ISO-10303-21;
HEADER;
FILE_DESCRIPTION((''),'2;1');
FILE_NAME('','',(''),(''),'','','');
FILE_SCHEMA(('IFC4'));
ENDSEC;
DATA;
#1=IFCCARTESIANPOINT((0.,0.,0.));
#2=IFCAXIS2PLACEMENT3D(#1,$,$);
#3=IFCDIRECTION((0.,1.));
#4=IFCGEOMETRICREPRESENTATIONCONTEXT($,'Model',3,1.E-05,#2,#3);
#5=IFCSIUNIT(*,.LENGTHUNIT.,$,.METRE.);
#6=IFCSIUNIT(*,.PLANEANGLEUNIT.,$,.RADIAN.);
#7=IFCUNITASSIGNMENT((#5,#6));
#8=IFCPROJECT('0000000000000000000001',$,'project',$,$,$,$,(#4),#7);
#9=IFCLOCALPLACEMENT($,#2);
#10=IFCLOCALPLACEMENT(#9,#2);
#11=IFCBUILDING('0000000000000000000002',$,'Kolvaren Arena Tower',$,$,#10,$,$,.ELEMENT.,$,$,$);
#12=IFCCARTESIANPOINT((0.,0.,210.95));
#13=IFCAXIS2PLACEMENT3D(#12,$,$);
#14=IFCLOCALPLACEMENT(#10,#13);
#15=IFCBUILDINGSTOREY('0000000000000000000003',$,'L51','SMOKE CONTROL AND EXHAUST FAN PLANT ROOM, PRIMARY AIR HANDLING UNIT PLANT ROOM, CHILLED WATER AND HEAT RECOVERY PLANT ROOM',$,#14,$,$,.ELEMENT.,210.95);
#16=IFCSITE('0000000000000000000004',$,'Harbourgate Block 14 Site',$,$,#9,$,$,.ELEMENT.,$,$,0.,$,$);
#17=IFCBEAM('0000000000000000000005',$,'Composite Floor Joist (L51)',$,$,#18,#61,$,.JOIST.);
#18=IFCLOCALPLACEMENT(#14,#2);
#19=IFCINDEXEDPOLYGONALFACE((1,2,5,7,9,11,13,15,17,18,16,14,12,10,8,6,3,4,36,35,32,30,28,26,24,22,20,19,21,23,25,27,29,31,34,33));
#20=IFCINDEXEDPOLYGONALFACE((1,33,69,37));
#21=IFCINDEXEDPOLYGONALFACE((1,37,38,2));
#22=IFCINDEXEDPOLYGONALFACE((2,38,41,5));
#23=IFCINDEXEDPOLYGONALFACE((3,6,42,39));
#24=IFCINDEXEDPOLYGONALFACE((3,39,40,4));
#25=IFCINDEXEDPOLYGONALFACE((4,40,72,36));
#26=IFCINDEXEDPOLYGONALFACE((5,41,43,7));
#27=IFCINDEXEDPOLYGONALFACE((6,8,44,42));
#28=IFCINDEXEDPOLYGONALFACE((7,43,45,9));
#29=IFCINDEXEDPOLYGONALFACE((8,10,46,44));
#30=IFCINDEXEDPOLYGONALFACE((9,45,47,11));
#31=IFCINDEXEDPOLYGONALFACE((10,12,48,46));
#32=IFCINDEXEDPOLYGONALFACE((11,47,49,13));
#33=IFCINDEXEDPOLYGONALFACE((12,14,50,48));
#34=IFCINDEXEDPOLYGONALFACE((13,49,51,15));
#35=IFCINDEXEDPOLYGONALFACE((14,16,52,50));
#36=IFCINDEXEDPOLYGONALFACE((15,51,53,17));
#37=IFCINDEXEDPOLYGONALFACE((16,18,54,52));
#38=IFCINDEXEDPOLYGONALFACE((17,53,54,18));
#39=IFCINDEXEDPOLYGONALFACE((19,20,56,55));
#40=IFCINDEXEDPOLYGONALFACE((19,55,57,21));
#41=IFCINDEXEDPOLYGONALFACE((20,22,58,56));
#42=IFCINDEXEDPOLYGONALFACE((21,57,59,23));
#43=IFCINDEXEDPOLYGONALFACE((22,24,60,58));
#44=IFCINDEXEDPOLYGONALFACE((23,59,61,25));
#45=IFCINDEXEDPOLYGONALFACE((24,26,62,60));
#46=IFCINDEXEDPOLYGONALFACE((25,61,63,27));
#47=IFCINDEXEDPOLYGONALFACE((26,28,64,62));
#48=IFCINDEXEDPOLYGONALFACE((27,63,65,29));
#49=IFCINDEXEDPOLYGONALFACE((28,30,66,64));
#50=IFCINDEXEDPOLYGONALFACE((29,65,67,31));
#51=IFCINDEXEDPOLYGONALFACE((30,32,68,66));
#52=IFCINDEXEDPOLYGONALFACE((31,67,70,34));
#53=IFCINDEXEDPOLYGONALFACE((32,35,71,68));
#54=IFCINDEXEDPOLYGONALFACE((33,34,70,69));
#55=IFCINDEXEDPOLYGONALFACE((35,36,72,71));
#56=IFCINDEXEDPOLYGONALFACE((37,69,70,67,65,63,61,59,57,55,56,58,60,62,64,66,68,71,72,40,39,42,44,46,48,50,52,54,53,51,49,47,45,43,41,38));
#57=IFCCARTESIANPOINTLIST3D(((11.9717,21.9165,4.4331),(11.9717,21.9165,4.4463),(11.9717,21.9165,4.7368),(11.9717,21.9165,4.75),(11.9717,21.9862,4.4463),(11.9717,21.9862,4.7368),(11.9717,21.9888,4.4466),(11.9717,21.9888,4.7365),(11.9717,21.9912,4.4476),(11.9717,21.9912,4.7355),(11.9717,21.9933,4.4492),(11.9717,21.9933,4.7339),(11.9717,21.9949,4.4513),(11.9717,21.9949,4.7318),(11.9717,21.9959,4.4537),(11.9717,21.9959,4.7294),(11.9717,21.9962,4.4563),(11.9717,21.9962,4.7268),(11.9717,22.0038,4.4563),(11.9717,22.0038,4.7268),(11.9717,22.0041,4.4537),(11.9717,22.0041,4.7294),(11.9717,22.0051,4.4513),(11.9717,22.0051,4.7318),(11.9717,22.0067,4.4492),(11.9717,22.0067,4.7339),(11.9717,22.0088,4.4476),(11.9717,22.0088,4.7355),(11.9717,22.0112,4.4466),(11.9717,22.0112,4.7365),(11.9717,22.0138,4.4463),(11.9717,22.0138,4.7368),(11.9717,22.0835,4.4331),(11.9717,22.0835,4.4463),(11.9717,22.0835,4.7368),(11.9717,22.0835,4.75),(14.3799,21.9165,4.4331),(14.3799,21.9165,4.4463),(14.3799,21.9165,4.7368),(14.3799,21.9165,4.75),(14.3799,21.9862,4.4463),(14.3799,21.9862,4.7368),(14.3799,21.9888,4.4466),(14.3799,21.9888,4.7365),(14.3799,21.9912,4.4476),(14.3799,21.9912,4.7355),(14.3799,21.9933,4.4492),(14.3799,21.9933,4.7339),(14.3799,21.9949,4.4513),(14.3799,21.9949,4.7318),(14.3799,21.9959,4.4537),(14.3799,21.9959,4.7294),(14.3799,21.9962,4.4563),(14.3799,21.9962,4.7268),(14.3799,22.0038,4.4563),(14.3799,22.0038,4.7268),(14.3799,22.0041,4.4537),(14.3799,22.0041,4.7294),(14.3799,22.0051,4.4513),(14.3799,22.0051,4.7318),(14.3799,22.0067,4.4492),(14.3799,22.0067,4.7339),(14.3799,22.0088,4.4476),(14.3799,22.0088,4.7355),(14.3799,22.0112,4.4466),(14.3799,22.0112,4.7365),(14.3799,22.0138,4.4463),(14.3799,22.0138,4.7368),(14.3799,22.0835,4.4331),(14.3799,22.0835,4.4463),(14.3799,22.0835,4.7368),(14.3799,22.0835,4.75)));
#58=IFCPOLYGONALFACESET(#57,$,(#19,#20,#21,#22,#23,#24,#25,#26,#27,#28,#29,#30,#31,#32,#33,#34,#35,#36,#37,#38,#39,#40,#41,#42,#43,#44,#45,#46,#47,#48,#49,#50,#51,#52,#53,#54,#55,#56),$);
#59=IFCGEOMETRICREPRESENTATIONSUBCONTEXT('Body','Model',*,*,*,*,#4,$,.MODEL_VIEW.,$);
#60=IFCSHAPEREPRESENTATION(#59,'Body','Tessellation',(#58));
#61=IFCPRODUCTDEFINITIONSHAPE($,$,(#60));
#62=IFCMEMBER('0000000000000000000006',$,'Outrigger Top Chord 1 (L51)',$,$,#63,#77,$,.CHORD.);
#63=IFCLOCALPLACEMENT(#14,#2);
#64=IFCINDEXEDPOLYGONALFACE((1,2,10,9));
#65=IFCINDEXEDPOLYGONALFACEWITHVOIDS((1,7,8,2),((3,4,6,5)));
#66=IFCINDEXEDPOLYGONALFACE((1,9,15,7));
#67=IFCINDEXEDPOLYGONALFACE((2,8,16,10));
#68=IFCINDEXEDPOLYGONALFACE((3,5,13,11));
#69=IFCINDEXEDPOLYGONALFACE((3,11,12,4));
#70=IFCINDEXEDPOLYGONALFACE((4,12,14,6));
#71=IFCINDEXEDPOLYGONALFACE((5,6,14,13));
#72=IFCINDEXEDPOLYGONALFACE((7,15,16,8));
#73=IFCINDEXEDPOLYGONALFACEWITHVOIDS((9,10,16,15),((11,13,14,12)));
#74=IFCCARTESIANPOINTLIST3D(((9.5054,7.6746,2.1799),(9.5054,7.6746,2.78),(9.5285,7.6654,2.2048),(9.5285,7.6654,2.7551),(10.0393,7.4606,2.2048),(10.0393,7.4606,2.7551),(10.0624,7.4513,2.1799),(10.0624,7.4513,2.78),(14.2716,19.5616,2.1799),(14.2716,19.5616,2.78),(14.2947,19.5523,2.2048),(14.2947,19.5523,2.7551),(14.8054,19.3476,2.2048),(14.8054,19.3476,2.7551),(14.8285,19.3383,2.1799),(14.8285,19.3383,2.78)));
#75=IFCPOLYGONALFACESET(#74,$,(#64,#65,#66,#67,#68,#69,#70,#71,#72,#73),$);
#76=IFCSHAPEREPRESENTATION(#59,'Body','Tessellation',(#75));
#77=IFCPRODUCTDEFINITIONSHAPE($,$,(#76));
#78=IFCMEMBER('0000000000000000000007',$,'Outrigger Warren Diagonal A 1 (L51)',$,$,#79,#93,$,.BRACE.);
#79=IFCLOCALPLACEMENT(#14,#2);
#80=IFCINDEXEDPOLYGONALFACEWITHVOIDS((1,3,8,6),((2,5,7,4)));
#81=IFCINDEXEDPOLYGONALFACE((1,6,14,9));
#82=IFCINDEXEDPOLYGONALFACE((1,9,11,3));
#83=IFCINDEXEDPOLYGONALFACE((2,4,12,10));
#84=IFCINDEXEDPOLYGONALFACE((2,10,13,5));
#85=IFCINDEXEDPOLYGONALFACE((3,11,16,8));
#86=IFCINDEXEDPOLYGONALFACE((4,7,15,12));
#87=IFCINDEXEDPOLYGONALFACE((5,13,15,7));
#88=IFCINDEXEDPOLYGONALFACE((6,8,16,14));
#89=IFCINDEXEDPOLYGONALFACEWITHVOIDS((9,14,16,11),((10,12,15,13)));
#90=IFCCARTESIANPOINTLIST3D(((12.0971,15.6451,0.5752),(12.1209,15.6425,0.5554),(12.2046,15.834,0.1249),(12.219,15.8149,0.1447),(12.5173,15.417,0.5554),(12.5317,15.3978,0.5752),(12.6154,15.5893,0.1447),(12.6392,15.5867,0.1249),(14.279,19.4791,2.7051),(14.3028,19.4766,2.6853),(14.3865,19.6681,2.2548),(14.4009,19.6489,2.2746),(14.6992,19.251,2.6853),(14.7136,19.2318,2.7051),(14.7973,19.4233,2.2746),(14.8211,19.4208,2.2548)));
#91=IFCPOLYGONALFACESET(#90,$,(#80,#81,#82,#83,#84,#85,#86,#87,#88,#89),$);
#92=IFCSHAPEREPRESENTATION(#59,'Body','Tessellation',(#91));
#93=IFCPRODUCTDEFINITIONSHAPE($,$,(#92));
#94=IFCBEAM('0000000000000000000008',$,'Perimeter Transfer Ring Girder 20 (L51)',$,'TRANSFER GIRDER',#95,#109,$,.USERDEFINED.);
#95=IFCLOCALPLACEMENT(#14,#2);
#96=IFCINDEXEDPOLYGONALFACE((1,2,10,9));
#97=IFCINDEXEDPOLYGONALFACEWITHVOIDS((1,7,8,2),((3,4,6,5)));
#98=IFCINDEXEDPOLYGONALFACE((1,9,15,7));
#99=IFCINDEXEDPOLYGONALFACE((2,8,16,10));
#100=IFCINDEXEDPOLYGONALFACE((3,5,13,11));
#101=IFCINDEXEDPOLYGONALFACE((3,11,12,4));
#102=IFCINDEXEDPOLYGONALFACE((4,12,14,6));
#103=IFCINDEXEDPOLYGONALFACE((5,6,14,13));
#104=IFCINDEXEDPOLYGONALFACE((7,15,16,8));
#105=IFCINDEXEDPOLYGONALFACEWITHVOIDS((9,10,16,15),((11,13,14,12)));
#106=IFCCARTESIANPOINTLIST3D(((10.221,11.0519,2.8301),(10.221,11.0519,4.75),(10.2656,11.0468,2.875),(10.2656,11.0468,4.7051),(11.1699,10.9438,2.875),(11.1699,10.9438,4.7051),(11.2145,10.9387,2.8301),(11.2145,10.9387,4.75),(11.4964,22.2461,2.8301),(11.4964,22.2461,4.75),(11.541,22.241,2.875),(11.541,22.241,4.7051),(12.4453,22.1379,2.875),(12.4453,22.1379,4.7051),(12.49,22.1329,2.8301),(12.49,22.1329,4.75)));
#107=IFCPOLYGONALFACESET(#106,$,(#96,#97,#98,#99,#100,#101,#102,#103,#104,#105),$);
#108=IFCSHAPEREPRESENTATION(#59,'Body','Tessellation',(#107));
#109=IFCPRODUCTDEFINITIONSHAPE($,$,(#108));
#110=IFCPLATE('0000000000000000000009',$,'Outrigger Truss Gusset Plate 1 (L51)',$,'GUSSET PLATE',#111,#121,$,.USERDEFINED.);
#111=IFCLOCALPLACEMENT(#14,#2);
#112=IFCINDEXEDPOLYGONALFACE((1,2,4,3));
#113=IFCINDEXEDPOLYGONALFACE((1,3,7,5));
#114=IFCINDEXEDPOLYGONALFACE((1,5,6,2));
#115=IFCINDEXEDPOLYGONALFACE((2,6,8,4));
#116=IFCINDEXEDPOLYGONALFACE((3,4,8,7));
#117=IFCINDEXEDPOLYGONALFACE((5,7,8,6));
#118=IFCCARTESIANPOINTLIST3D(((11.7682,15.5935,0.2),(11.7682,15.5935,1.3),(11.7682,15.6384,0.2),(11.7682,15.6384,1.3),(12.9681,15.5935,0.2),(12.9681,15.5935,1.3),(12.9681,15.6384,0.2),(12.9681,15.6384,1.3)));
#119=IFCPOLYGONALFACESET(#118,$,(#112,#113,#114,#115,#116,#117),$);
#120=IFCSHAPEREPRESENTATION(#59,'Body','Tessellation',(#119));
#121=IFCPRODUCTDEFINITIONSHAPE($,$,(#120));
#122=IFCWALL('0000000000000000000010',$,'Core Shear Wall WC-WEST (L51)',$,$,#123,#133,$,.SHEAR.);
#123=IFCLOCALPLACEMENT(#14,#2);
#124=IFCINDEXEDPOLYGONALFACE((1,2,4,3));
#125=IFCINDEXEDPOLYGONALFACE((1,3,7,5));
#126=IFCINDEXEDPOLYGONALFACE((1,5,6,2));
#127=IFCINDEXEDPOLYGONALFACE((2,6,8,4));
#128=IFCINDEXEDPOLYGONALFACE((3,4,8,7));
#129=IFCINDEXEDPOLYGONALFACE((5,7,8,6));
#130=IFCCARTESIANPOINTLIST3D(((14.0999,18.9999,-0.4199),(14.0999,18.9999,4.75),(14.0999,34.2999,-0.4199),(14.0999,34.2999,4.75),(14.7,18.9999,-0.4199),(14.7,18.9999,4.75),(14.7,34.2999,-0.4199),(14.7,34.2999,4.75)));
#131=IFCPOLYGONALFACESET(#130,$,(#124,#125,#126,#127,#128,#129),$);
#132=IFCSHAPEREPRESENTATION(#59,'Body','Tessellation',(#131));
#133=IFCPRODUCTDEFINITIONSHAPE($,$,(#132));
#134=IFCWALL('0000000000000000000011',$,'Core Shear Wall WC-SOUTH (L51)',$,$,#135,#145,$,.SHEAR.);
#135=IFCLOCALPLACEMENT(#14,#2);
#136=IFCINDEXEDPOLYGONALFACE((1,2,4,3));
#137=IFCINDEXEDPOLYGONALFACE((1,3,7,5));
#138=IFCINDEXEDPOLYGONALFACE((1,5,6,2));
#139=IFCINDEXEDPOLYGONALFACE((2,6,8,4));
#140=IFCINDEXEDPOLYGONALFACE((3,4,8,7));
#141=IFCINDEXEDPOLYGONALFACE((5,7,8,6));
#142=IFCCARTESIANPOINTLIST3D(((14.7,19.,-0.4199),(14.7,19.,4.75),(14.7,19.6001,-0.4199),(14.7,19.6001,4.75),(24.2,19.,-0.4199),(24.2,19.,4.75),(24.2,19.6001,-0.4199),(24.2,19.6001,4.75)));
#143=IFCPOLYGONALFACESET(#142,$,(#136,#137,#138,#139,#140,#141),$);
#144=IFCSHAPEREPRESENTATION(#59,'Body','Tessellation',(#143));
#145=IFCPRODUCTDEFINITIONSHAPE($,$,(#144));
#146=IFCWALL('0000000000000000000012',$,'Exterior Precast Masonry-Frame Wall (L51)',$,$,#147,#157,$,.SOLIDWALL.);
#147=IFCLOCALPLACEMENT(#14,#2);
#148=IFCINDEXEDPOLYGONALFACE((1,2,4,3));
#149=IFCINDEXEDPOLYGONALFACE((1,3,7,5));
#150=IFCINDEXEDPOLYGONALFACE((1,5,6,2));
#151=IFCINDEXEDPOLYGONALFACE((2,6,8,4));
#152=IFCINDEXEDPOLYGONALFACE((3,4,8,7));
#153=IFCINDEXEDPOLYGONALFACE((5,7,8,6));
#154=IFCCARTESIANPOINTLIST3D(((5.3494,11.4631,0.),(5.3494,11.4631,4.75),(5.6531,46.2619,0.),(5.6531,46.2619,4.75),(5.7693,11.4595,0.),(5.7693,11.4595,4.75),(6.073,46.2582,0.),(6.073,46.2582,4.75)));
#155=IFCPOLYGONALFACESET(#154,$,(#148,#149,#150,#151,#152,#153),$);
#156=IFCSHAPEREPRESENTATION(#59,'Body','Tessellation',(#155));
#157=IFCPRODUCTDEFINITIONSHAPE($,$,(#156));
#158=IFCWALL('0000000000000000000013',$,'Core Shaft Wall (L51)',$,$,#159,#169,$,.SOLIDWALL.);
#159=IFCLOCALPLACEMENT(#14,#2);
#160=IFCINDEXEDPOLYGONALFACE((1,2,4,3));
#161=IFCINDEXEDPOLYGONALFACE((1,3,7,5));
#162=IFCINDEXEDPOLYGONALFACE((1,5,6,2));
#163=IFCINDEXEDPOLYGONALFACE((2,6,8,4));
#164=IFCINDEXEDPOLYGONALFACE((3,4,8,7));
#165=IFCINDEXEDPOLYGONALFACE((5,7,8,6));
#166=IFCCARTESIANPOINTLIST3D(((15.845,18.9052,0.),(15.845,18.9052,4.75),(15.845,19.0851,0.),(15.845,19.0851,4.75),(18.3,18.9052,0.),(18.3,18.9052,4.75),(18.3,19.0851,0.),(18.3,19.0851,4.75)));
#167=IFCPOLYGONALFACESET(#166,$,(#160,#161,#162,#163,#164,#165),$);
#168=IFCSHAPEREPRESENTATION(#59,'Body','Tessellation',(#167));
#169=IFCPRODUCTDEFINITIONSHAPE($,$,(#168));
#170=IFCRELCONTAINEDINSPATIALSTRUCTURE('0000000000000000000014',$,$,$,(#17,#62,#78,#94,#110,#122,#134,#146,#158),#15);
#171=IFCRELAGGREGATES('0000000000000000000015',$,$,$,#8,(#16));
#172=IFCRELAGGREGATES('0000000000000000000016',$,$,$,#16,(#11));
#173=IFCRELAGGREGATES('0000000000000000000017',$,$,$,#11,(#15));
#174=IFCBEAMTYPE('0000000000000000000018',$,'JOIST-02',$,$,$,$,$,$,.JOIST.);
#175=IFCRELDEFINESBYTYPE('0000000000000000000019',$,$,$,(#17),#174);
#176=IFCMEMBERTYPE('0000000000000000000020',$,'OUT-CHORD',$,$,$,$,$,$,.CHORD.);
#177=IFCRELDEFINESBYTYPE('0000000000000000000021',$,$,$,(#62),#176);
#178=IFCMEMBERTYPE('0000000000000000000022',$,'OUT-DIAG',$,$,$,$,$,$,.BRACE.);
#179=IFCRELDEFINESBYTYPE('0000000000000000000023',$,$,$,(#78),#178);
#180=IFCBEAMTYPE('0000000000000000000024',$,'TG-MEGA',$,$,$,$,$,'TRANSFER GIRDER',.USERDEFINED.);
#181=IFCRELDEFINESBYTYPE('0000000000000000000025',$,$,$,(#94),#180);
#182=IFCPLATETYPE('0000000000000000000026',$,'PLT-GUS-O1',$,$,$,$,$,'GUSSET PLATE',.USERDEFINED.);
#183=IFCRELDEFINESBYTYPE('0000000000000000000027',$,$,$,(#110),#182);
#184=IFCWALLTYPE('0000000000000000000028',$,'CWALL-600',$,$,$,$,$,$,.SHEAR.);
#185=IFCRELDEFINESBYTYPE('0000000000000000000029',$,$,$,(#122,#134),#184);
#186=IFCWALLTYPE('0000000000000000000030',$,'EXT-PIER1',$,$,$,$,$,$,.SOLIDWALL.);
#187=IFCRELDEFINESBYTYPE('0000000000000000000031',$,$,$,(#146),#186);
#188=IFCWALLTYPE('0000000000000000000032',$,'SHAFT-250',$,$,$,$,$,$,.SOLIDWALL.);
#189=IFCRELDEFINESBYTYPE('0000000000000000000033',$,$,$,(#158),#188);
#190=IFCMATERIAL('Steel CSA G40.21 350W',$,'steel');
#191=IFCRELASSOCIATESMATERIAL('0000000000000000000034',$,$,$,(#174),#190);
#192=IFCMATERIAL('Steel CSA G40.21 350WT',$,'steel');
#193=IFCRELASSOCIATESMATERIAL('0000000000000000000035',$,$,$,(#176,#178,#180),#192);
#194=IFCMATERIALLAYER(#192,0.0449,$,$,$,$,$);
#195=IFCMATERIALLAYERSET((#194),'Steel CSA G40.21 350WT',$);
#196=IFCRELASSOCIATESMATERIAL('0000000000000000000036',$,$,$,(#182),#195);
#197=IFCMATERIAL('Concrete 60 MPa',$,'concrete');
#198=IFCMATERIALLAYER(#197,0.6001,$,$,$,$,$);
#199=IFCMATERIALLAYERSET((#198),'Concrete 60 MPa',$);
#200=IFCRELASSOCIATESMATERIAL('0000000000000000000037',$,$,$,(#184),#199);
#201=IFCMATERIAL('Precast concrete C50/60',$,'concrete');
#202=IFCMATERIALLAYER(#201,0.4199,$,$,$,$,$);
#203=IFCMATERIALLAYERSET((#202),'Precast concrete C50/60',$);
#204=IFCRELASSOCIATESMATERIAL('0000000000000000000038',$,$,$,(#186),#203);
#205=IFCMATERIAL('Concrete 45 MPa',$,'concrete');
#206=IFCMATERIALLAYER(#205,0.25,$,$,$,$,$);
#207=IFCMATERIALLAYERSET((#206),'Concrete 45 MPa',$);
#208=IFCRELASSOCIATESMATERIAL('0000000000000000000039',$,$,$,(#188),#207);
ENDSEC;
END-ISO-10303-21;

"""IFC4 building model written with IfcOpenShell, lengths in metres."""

from ifc_helpers import new_model, si_unit, direction, frame, frame_2d, origin, origin_2d, place, context, subcontext, project, spatial, rectangle, hollow_rectangle, i_section, extrude, material, layer, layer_set, material_profile, profile_set, type_object, element, save


model = new_model("IFC4")

# Units and contexts
model_context = context("Model", 3, precision=1e-05, world=origin(), true_north=direction((0.0, 1.0)))
body_context = subcontext(model_context, "Body", "Model", "MODEL_VIEW")
ifc_project = project(units=[si_unit("LENGTHUNIT", "METRE"), si_unit("PLANEANGLEUNIT", "RADIAN")], contexts=[model_context])

# Site, building, storey
site_placement = place(None, origin())
site = spatial("IfcSite", under=ifc_project, at=site_placement, Name="Harbourgate Block 14 Site", CompositionType="ELEMENT", RefElevation=0.0)
building_placement = place(site_placement, origin())
building = spatial("IfcBuilding", under=site, at=building_placement, Name="Kolvaren Arena Tower", CompositionType="ELEMENT")
storey_placement = place(building_placement, frame((0.0, 0.0, 210.95)))
storey = spatial("IfcBuildingStorey", under=building, at=storey_placement, Name="L51", Description="SMOKE CONTROL AND EXHAUST FAN PLANT ROOM, PRIMARY AIR HANDLING UNIT PLANT ROOM, CHILLED WATER AND HEAT RECOVERY PLANT ROOM", CompositionType="ELEMENT", Elevation=210.95)

# Shared definitions
ifc_material_1 = material(Name="Steel CSA G40.21 350W", Category="steel")

# Shared definitions
ifc_material_2 = material(Name="Steel CSA G40.21 350WT", Category="steel")

# Beam
ifc_material_profile_1 = material_profile(ifc_material_1, i_section(OverallWidth=0.167, OverallDepth=0.3169, WebThickness=0.0076, FlangeThickness=0.0132, FilletRadius=0.01, at=origin_2d()), Name="W310x52")
ifc_profile_set_1 = profile_set([ifc_material_profile_1], Name="Steel CSA G40.21 350W")
beam_type_1 = type_object("IfcBeamType", Name="JOIST-02", PredefinedType="JOIST", material=ifc_profile_set_1)
beam_1_placement = place(storey_placement, frame((11.9717, 22.0, 4.5916), z_axis=(1.0, 0.0, 0.0), x_axis=(0.0, 1.0, 0.0)))
element("IfcBeam", 1, at=beam_1_placement, inside=storey, type_object=beam_type_1, Name="Composite Floor Joist (L51)", PredefinedType="JOIST", context=body_context, shape_type="SweptSolid", body=[
    extrude(i_section(OverallWidth=0.167, OverallDepth=0.3169, WebThickness=0.0076, FlangeThickness=0.0132, FilletRadius=0.01, at=origin_2d()), origin(), (0.0, 0.0, 1.0), 2.4082),
])

# Members
ifc_material_profile_2 = material_profile(ifc_material_2, hollow_rectangle(XDim=0.6001, YDim=0.6001, WallThickness=0.0249, at=origin_2d()), Name="HSS 600x600x25")
ifc_profile_set_2 = profile_set([ifc_material_profile_2], Name="Steel CSA G40.21 350WT")
member_type_1 = type_object("IfcMemberType", Name="OUT-CHORD", PredefinedType="CHORD", material=ifc_profile_set_2)
member_1_placement = place(storey_placement, frame((14.55, 19.45, 2.48), z_axis=(-0.372153, -0.928171, 0.0), x_axis=(0.928171, -0.372153, 0.0)))
element("IfcMember", 2, at=member_1_placement, inside=storey, type_object=member_type_1, Name="Outrigger Top Chord 1 (L51)", PredefinedType="CHORD", context=body_context, shape_type="SweptSolid", body=[
    extrude(hollow_rectangle(XDim=0.6001, YDim=0.6001, WallThickness=0.0249, at=origin_2d()), origin(), (0.0, 0.0, 1.0), 12.8069),
])
ifc_material_profile_3 = material_profile(ifc_material_2, hollow_rectangle(XDim=0.5, YDim=0.5, WallThickness=0.022, at=origin_2d()), Name="HSS 500x500x22")
ifc_profile_set_3 = profile_set([ifc_material_profile_3], Name="Steel CSA G40.21 350WT")
member_type_2 = type_object("IfcMemberType", Name="OUT-DIAG", PredefinedType="BRACE", material=ifc_profile_set_3)
member_2_placement = place(storey_placement, frame((14.55, 19.45, 2.48), z_axis=(-0.445408, -0.782667, -0.434793), x_axis=(0.869117, -0.494606, 0.0)))
element("IfcMember", 3, at=member_2_placement, inside=storey, type_object=member_type_2, Name="Outrigger Warren Diagonal A 1 (L51)", PredefinedType="BRACE", context=body_context, shape_type="SweptSolid", body=[
    extrude(hollow_rectangle(XDim=0.5, YDim=0.5, WallThickness=0.022, at=origin_2d()), origin(), (0.0, 0.0, 1.0), 4.8987),
])

# Beam
ifc_material_profile_4 = material_profile(ifc_material_2, hollow_rectangle(XDim=1.0, YDim=1.9199, WallThickness=0.0449, at=origin_2d()), Name="BOX 1000x1920x45")
ifc_profile_set_4 = profile_set([ifc_material_profile_4], Name="Steel CSA G40.21 350WT")
beam_type_2 = type_object("IfcBeamType", Name="TG-MEGA", ElementType="TRANSFER GIRDER", PredefinedType="USERDEFINED", material=ifc_profile_set_4)
beam_2_placement = place(storey_placement, frame((11.9932, 22.1895, 3.79), z_axis=(-0.113202, -0.993572, 0.0), x_axis=(0.993572, -0.113202, 0.0)))
element("IfcBeam", 4, at=beam_2_placement, inside=storey, type_object=beam_type_2, Name="Perimeter Transfer Ring Girder 20 (L51)", ObjectType="TRANSFER GIRDER", PredefinedType="USERDEFINED", context=body_context, shape_type="SweptSolid", body=[
    extrude(hollow_rectangle(XDim=1.0, YDim=1.9199, WallThickness=0.0449, at=origin_2d()), origin(), (0.0, 0.0, 1.0), 11.2666),
])

# Plate
ifc_layer_1 = layer(ifc_material_2, 0.0449)
ifc_layer_set_1 = layer_set([ifc_layer_1], Name="Steel CSA G40.21 350WT")
plate_type = type_object("IfcPlateType", Name="PLT-GUS-O1", ElementType="GUSSET PLATE", PredefinedType="USERDEFINED", material=ifc_layer_set_1)
plate_placement = place(storey_placement, frame((12.3682, 15.616, 0.2), z_axis=(0.0, 0.0, 1.0), x_axis=(1.0, 0.0, 0.0)))
element("IfcPlate", 5, at=plate_placement, inside=storey, type_object=plate_type, Name="Outrigger Truss Gusset Plate 1 (L51)", ObjectType="GUSSET PLATE", PredefinedType="USERDEFINED", context=body_context, shape_type="SweptSolid", body=[
    extrude(rectangle(XDim=1.2, YDim=0.0449, at=origin_2d()), origin(), (0.0, 0.0, 1.0), 1.1001),
])

# Walls
ifc_material_3 = material(Name="Concrete 60 MPa", Category="concrete")
ifc_layer_2 = layer(ifc_material_3, 0.6001)
ifc_layer_set_2 = layer_set([ifc_layer_2], Name="Concrete 60 MPa")
wall_type_1 = type_object("IfcWallType", Name="CWALL-600", PredefinedType="SHEAR", material=ifc_layer_set_2)
wall_1_placement = place(storey_placement, frame((14.3999, 19.0, -0.4199), z_axis=(0.0, 0.0, 1.0), x_axis=(0.0, 1.0, 0.0)))
element("IfcWall", 6, at=wall_1_placement, inside=storey, type_object=wall_type_1, Name="Core Shear Wall WC-WEST (L51)", PredefinedType="SHEAR", context=body_context, shape_type="SweptSolid", body=[
    extrude(rectangle(XDim=15.3, YDim=0.6001, at=frame_2d((7.6499, 0.0))), origin(), (0.0, 0.0, 1.0), 5.1699),
])
wall_2_placement = place(storey_placement, frame((14.7, 19.3, -0.4199), z_axis=(0.0, 0.0, 1.0), x_axis=(1.0, 0.0, 0.0)))
element("IfcWall", 7, at=wall_2_placement, inside=storey, type_object=wall_type_1, Name="Core Shear Wall WC-SOUTH (L51)", PredefinedType="SHEAR", context=body_context, shape_type="SweptSolid", body=[
    extrude(rectangle(XDim=9.5, YDim=0.6001, at=frame_2d((4.75, 0.0))), origin(), (0.0, 0.0, 1.0), 5.1699),
])
ifc_material_4 = material(Name="Precast concrete C50/60", Category="concrete")
ifc_layer_3 = layer(ifc_material_4, 0.4199)
ifc_layer_set_3 = layer_set([ifc_layer_3], Name="Precast concrete C50/60")
wall_type_2 = type_object("IfcWallType", Name="EXT-PIER1", PredefinedType="SOLIDWALL", material=ifc_layer_set_3)
wall_3_placement = place(storey_placement, frame((5.5593, 11.4614, 0.0), z_axis=(0.0, 0.0, 1.0), x_axis=(0.008727, 0.999962, 0.0)))
element("IfcWall", 8, at=wall_3_placement, inside=storey, type_object=wall_type_2, Name="Exterior Precast Masonry-Frame Wall (L51)", PredefinedType="SOLIDWALL", context=body_context, shape_type="SweptSolid", body=[
    extrude(rectangle(XDim=34.8, YDim=0.4199, at=frame_2d((17.3999, 0.0))), origin(), (0.0, 0.0, 1.0), 4.75),
])
ifc_material_5 = material(Name="Concrete 45 MPa", Category="concrete")
ifc_layer_4 = layer(ifc_material_5, 0.25)
ifc_layer_set_4 = layer_set([ifc_layer_4], Name="Concrete 45 MPa")
wall_type_3 = type_object("IfcWallType", Name="SHAFT-250", PredefinedType="SOLIDWALL", material=ifc_layer_set_4)
wall_4_placement = place(storey_placement, frame((15.845, 18.9951, 0.0), z_axis=(0.0, 0.0, 1.0), x_axis=(1.0, 0.0, 0.0)))
element("IfcWall", 9, at=wall_4_placement, inside=storey, type_object=wall_type_3, Name="Core Shaft Wall (L51)", PredefinedType="SOLIDWALL", context=body_context, shape_type="SweptSolid", body=[
    extrude(rectangle(XDim=2.4551, YDim=0.1799, at=frame_2d((1.2275, 0.0))), origin(), (0.0, 0.0, 1.0), 4.75),
])

save(model, "model.ifc")
